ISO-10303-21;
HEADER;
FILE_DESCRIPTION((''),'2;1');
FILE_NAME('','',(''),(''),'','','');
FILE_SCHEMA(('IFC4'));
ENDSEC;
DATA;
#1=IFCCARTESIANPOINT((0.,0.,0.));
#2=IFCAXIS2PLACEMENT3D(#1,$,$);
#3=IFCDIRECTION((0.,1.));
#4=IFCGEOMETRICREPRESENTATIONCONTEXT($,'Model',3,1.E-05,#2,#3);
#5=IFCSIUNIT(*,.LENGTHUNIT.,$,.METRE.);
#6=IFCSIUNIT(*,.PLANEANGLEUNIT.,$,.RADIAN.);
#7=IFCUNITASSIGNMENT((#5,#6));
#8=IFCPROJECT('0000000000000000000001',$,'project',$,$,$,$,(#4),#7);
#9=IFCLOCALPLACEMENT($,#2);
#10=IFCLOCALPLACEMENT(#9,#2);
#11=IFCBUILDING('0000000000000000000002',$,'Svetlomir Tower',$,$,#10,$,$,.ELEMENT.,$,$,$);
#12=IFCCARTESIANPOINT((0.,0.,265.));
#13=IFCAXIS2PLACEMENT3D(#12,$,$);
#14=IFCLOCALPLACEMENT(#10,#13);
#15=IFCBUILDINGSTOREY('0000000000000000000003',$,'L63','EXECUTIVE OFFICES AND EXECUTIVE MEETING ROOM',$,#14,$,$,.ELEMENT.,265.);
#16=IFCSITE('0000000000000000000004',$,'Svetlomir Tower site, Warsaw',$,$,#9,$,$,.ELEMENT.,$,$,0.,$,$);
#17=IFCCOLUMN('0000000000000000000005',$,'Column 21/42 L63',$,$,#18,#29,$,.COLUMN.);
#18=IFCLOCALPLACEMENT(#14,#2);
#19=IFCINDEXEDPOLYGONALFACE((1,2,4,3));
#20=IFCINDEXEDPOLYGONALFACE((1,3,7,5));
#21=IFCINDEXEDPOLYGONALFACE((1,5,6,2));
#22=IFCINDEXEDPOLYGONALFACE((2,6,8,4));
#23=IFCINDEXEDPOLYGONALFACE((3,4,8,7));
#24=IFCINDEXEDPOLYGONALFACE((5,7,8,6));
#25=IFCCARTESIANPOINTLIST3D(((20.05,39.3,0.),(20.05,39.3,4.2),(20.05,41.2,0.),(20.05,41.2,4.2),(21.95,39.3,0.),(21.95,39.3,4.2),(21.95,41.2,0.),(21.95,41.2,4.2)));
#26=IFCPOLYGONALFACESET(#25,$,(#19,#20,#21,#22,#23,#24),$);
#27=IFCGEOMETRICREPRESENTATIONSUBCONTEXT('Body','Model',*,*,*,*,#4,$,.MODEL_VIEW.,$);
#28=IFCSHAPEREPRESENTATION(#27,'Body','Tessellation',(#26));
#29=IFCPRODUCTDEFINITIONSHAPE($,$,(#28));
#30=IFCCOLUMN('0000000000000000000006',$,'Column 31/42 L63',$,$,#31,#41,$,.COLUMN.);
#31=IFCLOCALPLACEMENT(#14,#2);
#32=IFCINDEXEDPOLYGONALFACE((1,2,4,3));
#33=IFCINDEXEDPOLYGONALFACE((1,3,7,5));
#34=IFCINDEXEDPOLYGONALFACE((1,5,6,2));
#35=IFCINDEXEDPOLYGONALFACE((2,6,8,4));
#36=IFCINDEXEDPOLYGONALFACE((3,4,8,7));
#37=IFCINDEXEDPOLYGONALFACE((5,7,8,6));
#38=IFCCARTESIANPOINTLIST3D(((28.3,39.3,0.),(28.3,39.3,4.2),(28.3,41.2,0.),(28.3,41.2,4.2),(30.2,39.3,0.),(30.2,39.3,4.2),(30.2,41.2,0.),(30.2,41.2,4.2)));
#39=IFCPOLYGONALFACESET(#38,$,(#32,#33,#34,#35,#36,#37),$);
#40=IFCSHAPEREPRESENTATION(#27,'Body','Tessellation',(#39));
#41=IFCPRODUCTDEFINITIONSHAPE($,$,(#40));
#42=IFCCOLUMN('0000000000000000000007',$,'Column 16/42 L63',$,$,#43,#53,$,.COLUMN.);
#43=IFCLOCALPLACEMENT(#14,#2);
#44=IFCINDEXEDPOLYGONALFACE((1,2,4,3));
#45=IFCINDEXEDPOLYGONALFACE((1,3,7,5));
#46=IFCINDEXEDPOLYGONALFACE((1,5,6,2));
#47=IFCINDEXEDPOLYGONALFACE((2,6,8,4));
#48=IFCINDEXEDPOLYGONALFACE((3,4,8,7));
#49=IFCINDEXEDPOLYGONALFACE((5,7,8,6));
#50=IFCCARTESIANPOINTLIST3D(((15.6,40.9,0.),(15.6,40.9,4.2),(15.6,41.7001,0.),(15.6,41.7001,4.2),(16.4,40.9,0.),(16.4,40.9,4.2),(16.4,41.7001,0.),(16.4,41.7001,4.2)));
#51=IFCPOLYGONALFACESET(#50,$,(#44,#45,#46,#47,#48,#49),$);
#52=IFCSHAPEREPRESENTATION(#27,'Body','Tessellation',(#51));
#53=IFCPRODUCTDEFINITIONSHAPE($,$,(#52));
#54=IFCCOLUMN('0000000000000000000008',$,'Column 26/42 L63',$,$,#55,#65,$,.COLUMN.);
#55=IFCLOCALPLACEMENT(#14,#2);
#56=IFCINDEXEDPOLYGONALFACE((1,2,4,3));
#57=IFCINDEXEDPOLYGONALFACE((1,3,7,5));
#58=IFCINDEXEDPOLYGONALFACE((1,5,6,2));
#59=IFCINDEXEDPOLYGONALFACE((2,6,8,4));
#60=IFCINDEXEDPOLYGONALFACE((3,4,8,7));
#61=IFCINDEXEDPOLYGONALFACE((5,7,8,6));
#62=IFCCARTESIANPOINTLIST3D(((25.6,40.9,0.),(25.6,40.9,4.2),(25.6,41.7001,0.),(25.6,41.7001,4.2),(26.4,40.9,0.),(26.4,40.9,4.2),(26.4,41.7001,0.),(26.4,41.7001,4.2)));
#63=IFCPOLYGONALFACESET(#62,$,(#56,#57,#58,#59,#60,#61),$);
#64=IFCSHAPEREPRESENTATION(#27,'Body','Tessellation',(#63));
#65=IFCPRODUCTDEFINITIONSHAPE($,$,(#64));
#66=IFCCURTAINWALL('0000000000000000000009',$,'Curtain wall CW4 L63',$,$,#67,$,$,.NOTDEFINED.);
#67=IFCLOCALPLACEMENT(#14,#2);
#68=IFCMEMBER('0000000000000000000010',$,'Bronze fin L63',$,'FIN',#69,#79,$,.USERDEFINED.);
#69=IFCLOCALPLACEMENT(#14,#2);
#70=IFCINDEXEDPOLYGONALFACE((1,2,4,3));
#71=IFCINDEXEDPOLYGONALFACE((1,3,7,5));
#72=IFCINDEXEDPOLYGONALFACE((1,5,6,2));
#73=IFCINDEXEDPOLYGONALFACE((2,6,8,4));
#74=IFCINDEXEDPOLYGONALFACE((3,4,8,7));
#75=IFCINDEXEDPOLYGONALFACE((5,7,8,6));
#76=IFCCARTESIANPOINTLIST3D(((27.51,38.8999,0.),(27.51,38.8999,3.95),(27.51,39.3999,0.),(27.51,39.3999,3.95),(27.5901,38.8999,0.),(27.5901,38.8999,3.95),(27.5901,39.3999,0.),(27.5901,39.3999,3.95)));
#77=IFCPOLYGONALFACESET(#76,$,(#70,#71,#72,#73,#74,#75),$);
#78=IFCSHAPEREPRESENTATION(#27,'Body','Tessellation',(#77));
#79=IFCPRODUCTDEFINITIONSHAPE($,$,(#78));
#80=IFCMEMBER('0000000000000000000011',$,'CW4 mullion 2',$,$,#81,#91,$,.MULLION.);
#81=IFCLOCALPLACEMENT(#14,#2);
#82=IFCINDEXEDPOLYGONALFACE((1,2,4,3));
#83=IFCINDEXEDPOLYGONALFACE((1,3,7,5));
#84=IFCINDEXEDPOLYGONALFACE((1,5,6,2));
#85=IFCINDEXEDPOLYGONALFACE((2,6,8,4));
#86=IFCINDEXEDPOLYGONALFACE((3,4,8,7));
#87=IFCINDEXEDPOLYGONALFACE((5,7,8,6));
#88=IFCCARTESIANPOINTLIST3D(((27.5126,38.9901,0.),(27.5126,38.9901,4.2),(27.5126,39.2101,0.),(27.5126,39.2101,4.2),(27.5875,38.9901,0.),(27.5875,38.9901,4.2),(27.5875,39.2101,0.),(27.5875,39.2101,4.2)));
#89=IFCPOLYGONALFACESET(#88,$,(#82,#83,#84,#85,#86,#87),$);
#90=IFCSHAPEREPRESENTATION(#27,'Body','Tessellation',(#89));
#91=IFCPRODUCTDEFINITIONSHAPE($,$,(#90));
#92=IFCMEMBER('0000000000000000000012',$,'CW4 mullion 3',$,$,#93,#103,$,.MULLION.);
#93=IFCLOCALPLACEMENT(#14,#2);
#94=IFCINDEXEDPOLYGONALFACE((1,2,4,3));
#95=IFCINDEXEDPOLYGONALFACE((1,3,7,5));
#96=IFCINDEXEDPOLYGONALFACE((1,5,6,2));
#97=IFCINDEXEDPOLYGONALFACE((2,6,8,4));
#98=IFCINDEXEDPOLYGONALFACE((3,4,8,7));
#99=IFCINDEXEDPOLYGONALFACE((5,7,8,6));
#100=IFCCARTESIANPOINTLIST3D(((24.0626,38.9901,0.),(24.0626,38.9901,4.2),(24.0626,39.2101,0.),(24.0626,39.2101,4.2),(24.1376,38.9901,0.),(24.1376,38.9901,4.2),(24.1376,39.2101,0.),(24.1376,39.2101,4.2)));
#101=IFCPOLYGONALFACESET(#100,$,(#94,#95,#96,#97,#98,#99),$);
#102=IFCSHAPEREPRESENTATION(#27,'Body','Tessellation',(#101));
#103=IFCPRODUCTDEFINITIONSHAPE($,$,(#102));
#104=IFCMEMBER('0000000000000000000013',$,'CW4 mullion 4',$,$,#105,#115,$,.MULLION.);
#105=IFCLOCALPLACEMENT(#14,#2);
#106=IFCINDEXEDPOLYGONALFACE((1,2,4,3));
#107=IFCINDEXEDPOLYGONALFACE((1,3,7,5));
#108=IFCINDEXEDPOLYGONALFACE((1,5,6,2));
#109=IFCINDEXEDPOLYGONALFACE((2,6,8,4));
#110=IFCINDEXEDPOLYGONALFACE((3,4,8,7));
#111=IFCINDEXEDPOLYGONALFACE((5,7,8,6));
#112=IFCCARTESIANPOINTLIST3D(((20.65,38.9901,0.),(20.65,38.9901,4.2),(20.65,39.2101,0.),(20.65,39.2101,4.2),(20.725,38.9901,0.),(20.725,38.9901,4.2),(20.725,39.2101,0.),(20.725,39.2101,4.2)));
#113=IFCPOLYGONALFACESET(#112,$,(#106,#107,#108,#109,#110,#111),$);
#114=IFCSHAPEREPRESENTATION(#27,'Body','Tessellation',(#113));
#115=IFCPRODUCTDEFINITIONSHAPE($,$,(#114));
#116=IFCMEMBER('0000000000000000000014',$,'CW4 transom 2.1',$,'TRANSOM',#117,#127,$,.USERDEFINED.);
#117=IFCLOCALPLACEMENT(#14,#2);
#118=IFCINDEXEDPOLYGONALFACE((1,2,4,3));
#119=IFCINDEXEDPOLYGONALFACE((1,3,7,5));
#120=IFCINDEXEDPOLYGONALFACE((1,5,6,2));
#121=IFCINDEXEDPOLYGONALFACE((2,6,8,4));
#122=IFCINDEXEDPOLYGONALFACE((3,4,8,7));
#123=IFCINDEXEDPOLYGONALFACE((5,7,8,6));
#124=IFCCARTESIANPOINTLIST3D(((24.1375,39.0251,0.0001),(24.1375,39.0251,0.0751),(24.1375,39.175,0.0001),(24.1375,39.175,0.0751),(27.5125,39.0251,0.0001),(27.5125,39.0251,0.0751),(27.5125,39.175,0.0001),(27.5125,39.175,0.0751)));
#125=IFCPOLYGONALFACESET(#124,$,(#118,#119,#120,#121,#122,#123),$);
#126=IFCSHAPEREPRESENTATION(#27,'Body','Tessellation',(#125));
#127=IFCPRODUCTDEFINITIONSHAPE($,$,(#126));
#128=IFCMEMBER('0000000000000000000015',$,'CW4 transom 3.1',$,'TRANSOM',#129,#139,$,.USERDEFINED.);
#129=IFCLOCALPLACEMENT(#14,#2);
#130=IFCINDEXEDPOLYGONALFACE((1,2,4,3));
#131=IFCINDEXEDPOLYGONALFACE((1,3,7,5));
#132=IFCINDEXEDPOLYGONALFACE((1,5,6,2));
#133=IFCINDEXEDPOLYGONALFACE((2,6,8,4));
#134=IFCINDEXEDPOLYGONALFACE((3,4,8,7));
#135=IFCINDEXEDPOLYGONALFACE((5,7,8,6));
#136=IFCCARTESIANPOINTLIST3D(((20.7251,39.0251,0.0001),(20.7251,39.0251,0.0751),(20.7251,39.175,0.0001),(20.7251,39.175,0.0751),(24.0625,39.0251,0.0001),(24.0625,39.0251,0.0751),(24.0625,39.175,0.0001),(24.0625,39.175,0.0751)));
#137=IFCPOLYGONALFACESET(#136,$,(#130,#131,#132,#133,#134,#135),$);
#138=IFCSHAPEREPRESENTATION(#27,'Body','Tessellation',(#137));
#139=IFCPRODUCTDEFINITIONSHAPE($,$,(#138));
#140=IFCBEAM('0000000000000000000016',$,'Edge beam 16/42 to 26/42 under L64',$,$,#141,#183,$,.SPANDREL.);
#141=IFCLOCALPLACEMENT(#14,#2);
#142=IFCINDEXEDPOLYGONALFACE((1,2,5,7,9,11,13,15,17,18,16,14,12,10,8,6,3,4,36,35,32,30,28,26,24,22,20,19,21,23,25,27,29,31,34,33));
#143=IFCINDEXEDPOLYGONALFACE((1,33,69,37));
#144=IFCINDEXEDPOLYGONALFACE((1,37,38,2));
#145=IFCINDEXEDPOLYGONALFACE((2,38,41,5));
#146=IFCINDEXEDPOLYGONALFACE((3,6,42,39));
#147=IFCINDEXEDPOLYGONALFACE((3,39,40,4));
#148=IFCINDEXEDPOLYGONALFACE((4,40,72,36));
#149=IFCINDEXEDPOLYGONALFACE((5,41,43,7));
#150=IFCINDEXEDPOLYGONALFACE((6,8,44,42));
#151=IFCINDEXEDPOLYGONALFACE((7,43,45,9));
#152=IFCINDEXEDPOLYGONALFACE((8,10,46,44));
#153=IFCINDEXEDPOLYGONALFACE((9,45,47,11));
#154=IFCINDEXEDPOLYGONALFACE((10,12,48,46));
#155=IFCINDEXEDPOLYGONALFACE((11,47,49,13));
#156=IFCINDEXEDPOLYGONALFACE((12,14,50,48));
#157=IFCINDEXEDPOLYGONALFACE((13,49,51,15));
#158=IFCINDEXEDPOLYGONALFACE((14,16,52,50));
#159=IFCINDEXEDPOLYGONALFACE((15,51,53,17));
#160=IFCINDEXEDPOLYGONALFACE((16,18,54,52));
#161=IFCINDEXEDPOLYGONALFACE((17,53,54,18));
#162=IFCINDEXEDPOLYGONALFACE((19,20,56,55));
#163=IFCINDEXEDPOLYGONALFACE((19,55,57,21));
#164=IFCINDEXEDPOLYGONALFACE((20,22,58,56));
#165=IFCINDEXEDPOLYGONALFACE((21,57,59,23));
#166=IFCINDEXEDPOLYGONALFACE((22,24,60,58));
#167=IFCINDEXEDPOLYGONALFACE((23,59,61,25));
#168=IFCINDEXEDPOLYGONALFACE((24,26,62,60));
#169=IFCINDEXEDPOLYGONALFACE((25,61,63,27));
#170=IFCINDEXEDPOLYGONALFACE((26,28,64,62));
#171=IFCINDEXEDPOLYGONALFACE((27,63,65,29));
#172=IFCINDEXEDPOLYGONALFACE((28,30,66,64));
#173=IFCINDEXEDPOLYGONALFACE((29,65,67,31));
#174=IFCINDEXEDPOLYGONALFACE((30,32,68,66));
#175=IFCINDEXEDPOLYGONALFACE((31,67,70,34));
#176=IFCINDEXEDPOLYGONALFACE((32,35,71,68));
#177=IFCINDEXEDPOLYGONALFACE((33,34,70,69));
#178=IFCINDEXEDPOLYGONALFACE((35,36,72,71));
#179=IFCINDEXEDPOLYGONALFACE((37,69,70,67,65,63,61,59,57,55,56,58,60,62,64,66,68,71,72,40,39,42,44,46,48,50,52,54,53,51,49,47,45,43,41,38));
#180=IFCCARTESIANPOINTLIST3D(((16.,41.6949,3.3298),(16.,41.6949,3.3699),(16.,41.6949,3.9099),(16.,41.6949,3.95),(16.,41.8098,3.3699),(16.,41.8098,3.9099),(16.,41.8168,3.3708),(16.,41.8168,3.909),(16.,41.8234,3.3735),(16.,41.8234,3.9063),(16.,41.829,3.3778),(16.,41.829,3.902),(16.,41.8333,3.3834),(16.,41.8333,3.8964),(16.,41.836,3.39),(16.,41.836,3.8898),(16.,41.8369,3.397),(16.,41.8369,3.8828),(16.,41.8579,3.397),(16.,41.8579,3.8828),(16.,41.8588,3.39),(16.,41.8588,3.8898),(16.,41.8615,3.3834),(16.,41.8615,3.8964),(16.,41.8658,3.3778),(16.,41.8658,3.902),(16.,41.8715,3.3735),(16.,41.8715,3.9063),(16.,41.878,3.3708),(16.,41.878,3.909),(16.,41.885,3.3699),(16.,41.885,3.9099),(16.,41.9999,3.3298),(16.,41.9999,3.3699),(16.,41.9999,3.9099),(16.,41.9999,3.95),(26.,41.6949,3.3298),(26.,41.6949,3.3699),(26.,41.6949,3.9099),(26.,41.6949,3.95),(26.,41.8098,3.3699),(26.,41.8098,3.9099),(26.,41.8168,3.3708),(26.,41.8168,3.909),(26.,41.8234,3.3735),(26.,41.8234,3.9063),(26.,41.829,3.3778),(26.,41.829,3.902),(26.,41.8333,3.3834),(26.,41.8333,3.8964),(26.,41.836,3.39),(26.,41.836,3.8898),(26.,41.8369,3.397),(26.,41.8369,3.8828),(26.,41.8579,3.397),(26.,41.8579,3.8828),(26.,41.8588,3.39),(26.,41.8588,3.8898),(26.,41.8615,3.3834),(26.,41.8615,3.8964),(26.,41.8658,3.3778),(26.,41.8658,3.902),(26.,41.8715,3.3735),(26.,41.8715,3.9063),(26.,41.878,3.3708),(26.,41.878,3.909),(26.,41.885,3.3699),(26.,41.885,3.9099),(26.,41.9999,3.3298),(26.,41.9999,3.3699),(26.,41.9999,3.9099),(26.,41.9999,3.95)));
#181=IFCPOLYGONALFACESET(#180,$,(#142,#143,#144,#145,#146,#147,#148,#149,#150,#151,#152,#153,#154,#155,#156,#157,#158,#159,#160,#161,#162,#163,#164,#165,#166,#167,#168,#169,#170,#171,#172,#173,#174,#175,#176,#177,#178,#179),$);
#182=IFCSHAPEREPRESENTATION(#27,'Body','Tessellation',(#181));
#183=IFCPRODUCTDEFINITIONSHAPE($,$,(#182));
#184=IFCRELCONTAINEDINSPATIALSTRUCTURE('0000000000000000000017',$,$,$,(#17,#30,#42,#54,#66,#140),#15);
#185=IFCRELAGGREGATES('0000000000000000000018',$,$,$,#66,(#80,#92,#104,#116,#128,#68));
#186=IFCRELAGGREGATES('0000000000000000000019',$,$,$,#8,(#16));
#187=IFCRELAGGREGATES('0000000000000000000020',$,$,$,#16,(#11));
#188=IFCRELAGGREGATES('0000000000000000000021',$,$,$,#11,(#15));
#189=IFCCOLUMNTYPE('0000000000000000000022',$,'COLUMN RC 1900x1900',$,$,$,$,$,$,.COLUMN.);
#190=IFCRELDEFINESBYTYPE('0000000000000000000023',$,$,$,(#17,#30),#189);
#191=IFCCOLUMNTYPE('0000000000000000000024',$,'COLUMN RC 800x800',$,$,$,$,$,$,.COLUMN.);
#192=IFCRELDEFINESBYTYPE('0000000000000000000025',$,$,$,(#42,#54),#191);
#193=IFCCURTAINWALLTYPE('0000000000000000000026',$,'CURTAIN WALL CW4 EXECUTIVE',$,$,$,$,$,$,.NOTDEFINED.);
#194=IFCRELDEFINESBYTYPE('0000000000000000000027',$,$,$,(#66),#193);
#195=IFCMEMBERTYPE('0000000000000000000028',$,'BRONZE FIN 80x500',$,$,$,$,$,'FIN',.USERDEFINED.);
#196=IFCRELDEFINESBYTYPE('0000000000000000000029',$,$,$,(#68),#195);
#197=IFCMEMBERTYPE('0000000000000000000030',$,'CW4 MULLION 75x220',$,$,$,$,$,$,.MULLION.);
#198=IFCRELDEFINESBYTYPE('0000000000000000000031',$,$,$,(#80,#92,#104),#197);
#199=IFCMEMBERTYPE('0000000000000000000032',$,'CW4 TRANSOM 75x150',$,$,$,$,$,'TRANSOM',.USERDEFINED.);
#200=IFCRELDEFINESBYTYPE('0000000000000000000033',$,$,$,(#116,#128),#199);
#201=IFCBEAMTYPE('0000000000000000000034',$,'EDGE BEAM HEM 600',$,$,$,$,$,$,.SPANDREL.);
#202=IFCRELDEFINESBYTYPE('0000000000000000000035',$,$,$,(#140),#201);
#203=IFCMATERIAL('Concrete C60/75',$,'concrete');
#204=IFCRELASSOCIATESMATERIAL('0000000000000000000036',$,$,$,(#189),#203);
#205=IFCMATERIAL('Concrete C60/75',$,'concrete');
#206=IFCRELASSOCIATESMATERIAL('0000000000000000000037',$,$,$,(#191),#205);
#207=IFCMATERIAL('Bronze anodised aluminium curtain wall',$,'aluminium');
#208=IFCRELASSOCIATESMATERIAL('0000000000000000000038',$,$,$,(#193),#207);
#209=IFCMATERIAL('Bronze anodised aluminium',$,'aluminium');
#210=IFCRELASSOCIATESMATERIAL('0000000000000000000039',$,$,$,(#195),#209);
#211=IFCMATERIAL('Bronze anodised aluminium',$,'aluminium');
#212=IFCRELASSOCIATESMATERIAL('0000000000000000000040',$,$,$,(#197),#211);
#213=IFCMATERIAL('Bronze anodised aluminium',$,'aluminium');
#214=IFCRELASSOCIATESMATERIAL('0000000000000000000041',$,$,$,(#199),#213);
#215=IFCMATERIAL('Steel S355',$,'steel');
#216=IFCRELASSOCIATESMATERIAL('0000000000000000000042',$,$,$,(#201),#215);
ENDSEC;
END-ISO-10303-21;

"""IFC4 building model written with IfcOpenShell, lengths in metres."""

from ifc_helpers import new_model, si_unit, direction, frame, origin, origin_2d, place, context, subcontext, project, spatial, rectangle, i_section, extrude, material, material_profile, profile_set, type_object, element, aggregate, save


model = new_model("IFC4")

# Units and contexts
model_context = context("Model", 3, precision=1e-05, world=origin(), true_north=direction((0.0, 1.0)))
body_context = subcontext(model_context, "Body", "Model", "MODEL_VIEW")
ifc_project = project(units=[si_unit("LENGTHUNIT", "METRE"), si_unit("PLANEANGLEUNIT", "RADIAN")], contexts=[model_context])

# Site, building, storey
site_placement = place(None, origin())
site = spatial("IfcSite", under=ifc_project, at=site_placement, Name="Svetlomir Tower site, Warsaw", CompositionType="ELEMENT", RefElevation=0.0)
building_placement = place(site_placement, origin())
building = spatial("IfcBuilding", under=site, at=building_placement, Name="Svetlomir Tower", CompositionType="ELEMENT")
storey_placement = place(building_placement, frame((0.0, 0.0, 265.0)))
storey = spatial("IfcBuildingStorey", under=building, at=storey_placement, Name="L63", Description="EXECUTIVE OFFICES AND EXECUTIVE MEETING ROOM", CompositionType="ELEMENT", Elevation=265.0)

# Columns
ifc_material_1 = material(Name="Concrete C60/75", Category="concrete")
ifc_material_profile_1 = material_profile(ifc_material_1, rectangle(XDim=1.8999, YDim=1.8999, at=origin_2d()), Name="RC 1900x1900")
ifc_profile_set_1 = profile_set([ifc_material_profile_1], Name="Concrete C60/75")
column_type_1 = type_object("IfcColumnType", Name="COLUMN RC 1900x1900", PredefinedType="COLUMN", material=ifc_profile_set_1)
for number, where, z_axis, x_axis, name in (
    (1, (21.0, 40.25, 0.0), (0.0, 0.0, 1.0), (1.0, 0.0, 0.0), "Column 21/42 L63"),
    (2, (29.25, 40.25, 0.0), (0.0, 0.0, 1.0), (1.0, 0.0, 0.0), "Column 31/42 L63"),
):
    element("IfcColumn", number, at=place(storey_placement, frame(where, z_axis=z_axis, x_axis=x_axis)), inside=storey, type_object=column_type_1, Name=name, PredefinedType="COLUMN", context=body_context, shape_type="SweptSolid", body=[
        extrude(rectangle(XDim=1.8999, YDim=1.8999, at=origin_2d()), origin(), (0.0, 0.0, 1.0), 4.2),
    ])
ifc_material_2 = material(Name="Concrete C60/75", Category="concrete")
ifc_material_profile_2 = material_profile(ifc_material_2, rectangle(XDim=0.8, YDim=0.8, at=origin_2d()), Name="RC 800x800")
ifc_profile_set_2 = profile_set([ifc_material_profile_2], Name="Concrete C60/75")
column_type_2 = type_object("IfcColumnType", Name="COLUMN RC 800x800", PredefinedType="COLUMN", material=ifc_profile_set_2)
for number, where, z_axis, x_axis, name in (
    (3, (16.0, 41.3, 0.0), (0.0, 0.0, 1.0), (1.0, 0.0, 0.0), "Column 16/42 L63"),
    (4, (26.0, 41.3, 0.0), (0.0, 0.0, 1.0), (1.0, 0.0, 0.0), "Column 26/42 L63"),
):
    element("IfcColumn", number, at=place(storey_placement, frame(where, z_axis=z_axis, x_axis=x_axis)), inside=storey, type_object=column_type_2, Name=name, PredefinedType="COLUMN", context=body_context, shape_type="SweptSolid", body=[
        extrude(rectangle(XDim=0.8, YDim=0.8, at=origin_2d()), origin(), (0.0, 0.0, 1.0), 4.2),
    ])

# Curtain wall, members
ifc_material_3 = material(Name="Bronze anodised aluminium curtain wall", Category="aluminium")
curtain_wall_type = type_object("IfcCurtainWallType", Name="CURTAIN WALL CW4 EXECUTIVE", PredefinedType="NOTDEFINED", material=ifc_material_3)
curtain_wall_placement = place(storey_placement, origin())
curtain_wall = element("IfcCurtainWall", 5, at=curtain_wall_placement, inside=storey, type_object=curtain_wall_type, Name="Curtain wall CW4 L63", PredefinedType="NOTDEFINED")
ifc_material_4 = material(Name="Bronze anodised aluminium", Category="aluminium")
ifc_material_profile_3 = material_profile(ifc_material_4, rectangle(XDim=0.0801, YDim=0.5, at=origin_2d()), Name="FIN 80x500")
ifc_profile_set_3 = profile_set([ifc_material_profile_3], Name="Bronze anodised aluminium 6063-T6")
member_type_1 = type_object("IfcMemberType", Name="BRONZE FIN 80x500", ElementType="FIN", PredefinedType="USERDEFINED", material=ifc_profile_set_3)
member_1_placement = place(storey_placement, frame((27.55, 39.1499, 0.0), z_axis=(0.0, 0.0, 1.0), x_axis=(1.0, 0.0, 0.0)))
member_1 = element("IfcMember", 6, at=member_1_placement, type_object=member_type_1, Name="Bronze fin L63", ObjectType="FIN", PredefinedType="USERDEFINED", context=body_context, shape_type="SweptSolid", body=[
    extrude(rectangle(XDim=0.0801, YDim=0.5, at=origin_2d()), origin(), (0.0, 0.0, 1.0), 3.95),
])
ifc_material_5 = material(Name="Bronze anodised aluminium", Category="aluminium")
ifc_material_profile_4 = material_profile(ifc_material_5, rectangle(XDim=0.075, YDim=0.22, at=origin_2d()), Name="AL 75x220")
ifc_profile_set_4 = profile_set([ifc_material_profile_4], Name="Bronze anodised aluminium 6063-T6")
member_type_2 = type_object("IfcMemberType", Name="CW4 MULLION 75x220", PredefinedType="MULLION", material=ifc_profile_set_4)
member_2_placement = place(storey_placement, frame((27.55, 39.1001, 0.0), z_axis=(0.0, 0.0, 1.0), x_axis=(-1.0, 0.0, 0.0)))
member_2 = element("IfcMember", 7, at=member_2_placement, type_object=member_type_2, Name="CW4 mullion 2", PredefinedType="MULLION", context=body_context, shape_type="SweptSolid", body=[
    extrude(rectangle(XDim=0.075, YDim=0.22, at=origin_2d()), origin(), (0.0, 0.0, 1.0), 4.2),
])
member_3_placement = place(storey_placement, frame((24.1001, 39.1001, 0.0), z_axis=(0.0, 0.0, 1.0), x_axis=(-1.0, 0.0, 0.0)))
member_3 = element("IfcMember", 8, at=member_3_placement, type_object=member_type_2, Name="CW4 mullion 3", PredefinedType="MULLION", context=body_context, shape_type="SweptSolid", body=[
    extrude(rectangle(XDim=0.075, YDim=0.22, at=origin_2d()), origin(), (0.0, 0.0, 1.0), 4.2),
])
member_4_placement = place(storey_placement, frame((20.6875, 39.1001, 0.0), z_axis=(0.0, 0.0, 1.0), x_axis=(-1.0, 0.0, 0.0)))
member_4 = element("IfcMember", 9, at=member_4_placement, type_object=member_type_2, Name="CW4 mullion 4", PredefinedType="MULLION", context=body_context, shape_type="SweptSolid", body=[
    extrude(rectangle(XDim=0.075, YDim=0.22, at=origin_2d()), origin(), (0.0, 0.0, 1.0), 4.2),
])
ifc_material_6 = material(Name="Bronze anodised aluminium", Category="aluminium")
ifc_material_profile_5 = material_profile(ifc_material_6, rectangle(XDim=0.1499, YDim=0.075, at=origin_2d()), Name="AL 150x75")
ifc_profile_set_5 = profile_set([ifc_material_profile_5], Name="Bronze anodised aluminium 6063-T6")
member_type_3 = type_object("IfcMemberType", Name="CW4 TRANSOM 75x150", ElementType="TRANSOM", PredefinedType="USERDEFINED", material=ifc_profile_set_5)
member_5_placement = place(storey_placement, frame((27.5125, 39.1001, 0.0376), z_axis=(-1.0, 0.0, 0.0), x_axis=(0.0, -1.0, 0.0)))
member_5 = element("IfcMember", 10, at=member_5_placement, type_object=member_type_3, Name="CW4 transom 2.1", ObjectType="TRANSOM", PredefinedType="USERDEFINED", context=body_context, shape_type="SweptSolid", body=[
    extrude(rectangle(XDim=0.1499, YDim=0.075, at=origin_2d()), origin(), (0.0, 0.0, 1.0), 3.375),
])
member_6_placement = place(storey_placement, frame((24.0625, 39.1001, 0.0376), z_axis=(-1.0, 0.0, 0.0), x_axis=(0.0, -1.0, 0.0)))
member_6 = element("IfcMember", 11, at=member_6_placement, type_object=member_type_3, Name="CW4 transom 3.1", ObjectType="TRANSOM", PredefinedType="USERDEFINED", context=body_context, shape_type="SweptSolid", body=[
    extrude(rectangle(XDim=0.1499, YDim=0.075, at=origin_2d()), origin(), (0.0, 0.0, 1.0), 3.3374),
])

# Beam
ifc_material_7 = material(Name="Steel S355", Category="steel")
ifc_material_profile_6 = material_profile(ifc_material_7, i_section(OverallWidth=0.3049, OverallDepth=0.6201, WebThickness=0.021, FlangeThickness=0.04, FilletRadius=0.0271, at=origin_2d()), Name="HEM 600")
ifc_profile_set_6 = profile_set([ifc_material_profile_6], Name="Steel S355")
beam_type_1 = type_object("IfcBeamType", Name="EDGE BEAM HEM 600", PredefinedType="SPANDREL", material=ifc_profile_set_6)
beam_1_placement = place(storey_placement, frame((16.0, 41.8474, 3.6399), z_axis=(1.0, 0.0, 0.0), x_axis=(0.0, 1.0, 0.0)))
element("IfcBeam", 12, at=beam_1_placement, inside=storey, type_object=beam_type_1, Name="Edge beam 16/42 to 26/42 under L64", PredefinedType="SPANDREL", context=body_context, shape_type="SweptSolid", body=[
    extrude(i_section(OverallWidth=0.3049, OverallDepth=0.6201, WebThickness=0.021, FlangeThickness=0.04, FilletRadius=0.0271, at=origin_2d()), origin(), (0.0, 0.0, 1.0), 10.0),
])

aggregate(curtain_wall, [member_2, member_3, member_4, member_5, member_6, member_1])

save(model, "model.ifc")
